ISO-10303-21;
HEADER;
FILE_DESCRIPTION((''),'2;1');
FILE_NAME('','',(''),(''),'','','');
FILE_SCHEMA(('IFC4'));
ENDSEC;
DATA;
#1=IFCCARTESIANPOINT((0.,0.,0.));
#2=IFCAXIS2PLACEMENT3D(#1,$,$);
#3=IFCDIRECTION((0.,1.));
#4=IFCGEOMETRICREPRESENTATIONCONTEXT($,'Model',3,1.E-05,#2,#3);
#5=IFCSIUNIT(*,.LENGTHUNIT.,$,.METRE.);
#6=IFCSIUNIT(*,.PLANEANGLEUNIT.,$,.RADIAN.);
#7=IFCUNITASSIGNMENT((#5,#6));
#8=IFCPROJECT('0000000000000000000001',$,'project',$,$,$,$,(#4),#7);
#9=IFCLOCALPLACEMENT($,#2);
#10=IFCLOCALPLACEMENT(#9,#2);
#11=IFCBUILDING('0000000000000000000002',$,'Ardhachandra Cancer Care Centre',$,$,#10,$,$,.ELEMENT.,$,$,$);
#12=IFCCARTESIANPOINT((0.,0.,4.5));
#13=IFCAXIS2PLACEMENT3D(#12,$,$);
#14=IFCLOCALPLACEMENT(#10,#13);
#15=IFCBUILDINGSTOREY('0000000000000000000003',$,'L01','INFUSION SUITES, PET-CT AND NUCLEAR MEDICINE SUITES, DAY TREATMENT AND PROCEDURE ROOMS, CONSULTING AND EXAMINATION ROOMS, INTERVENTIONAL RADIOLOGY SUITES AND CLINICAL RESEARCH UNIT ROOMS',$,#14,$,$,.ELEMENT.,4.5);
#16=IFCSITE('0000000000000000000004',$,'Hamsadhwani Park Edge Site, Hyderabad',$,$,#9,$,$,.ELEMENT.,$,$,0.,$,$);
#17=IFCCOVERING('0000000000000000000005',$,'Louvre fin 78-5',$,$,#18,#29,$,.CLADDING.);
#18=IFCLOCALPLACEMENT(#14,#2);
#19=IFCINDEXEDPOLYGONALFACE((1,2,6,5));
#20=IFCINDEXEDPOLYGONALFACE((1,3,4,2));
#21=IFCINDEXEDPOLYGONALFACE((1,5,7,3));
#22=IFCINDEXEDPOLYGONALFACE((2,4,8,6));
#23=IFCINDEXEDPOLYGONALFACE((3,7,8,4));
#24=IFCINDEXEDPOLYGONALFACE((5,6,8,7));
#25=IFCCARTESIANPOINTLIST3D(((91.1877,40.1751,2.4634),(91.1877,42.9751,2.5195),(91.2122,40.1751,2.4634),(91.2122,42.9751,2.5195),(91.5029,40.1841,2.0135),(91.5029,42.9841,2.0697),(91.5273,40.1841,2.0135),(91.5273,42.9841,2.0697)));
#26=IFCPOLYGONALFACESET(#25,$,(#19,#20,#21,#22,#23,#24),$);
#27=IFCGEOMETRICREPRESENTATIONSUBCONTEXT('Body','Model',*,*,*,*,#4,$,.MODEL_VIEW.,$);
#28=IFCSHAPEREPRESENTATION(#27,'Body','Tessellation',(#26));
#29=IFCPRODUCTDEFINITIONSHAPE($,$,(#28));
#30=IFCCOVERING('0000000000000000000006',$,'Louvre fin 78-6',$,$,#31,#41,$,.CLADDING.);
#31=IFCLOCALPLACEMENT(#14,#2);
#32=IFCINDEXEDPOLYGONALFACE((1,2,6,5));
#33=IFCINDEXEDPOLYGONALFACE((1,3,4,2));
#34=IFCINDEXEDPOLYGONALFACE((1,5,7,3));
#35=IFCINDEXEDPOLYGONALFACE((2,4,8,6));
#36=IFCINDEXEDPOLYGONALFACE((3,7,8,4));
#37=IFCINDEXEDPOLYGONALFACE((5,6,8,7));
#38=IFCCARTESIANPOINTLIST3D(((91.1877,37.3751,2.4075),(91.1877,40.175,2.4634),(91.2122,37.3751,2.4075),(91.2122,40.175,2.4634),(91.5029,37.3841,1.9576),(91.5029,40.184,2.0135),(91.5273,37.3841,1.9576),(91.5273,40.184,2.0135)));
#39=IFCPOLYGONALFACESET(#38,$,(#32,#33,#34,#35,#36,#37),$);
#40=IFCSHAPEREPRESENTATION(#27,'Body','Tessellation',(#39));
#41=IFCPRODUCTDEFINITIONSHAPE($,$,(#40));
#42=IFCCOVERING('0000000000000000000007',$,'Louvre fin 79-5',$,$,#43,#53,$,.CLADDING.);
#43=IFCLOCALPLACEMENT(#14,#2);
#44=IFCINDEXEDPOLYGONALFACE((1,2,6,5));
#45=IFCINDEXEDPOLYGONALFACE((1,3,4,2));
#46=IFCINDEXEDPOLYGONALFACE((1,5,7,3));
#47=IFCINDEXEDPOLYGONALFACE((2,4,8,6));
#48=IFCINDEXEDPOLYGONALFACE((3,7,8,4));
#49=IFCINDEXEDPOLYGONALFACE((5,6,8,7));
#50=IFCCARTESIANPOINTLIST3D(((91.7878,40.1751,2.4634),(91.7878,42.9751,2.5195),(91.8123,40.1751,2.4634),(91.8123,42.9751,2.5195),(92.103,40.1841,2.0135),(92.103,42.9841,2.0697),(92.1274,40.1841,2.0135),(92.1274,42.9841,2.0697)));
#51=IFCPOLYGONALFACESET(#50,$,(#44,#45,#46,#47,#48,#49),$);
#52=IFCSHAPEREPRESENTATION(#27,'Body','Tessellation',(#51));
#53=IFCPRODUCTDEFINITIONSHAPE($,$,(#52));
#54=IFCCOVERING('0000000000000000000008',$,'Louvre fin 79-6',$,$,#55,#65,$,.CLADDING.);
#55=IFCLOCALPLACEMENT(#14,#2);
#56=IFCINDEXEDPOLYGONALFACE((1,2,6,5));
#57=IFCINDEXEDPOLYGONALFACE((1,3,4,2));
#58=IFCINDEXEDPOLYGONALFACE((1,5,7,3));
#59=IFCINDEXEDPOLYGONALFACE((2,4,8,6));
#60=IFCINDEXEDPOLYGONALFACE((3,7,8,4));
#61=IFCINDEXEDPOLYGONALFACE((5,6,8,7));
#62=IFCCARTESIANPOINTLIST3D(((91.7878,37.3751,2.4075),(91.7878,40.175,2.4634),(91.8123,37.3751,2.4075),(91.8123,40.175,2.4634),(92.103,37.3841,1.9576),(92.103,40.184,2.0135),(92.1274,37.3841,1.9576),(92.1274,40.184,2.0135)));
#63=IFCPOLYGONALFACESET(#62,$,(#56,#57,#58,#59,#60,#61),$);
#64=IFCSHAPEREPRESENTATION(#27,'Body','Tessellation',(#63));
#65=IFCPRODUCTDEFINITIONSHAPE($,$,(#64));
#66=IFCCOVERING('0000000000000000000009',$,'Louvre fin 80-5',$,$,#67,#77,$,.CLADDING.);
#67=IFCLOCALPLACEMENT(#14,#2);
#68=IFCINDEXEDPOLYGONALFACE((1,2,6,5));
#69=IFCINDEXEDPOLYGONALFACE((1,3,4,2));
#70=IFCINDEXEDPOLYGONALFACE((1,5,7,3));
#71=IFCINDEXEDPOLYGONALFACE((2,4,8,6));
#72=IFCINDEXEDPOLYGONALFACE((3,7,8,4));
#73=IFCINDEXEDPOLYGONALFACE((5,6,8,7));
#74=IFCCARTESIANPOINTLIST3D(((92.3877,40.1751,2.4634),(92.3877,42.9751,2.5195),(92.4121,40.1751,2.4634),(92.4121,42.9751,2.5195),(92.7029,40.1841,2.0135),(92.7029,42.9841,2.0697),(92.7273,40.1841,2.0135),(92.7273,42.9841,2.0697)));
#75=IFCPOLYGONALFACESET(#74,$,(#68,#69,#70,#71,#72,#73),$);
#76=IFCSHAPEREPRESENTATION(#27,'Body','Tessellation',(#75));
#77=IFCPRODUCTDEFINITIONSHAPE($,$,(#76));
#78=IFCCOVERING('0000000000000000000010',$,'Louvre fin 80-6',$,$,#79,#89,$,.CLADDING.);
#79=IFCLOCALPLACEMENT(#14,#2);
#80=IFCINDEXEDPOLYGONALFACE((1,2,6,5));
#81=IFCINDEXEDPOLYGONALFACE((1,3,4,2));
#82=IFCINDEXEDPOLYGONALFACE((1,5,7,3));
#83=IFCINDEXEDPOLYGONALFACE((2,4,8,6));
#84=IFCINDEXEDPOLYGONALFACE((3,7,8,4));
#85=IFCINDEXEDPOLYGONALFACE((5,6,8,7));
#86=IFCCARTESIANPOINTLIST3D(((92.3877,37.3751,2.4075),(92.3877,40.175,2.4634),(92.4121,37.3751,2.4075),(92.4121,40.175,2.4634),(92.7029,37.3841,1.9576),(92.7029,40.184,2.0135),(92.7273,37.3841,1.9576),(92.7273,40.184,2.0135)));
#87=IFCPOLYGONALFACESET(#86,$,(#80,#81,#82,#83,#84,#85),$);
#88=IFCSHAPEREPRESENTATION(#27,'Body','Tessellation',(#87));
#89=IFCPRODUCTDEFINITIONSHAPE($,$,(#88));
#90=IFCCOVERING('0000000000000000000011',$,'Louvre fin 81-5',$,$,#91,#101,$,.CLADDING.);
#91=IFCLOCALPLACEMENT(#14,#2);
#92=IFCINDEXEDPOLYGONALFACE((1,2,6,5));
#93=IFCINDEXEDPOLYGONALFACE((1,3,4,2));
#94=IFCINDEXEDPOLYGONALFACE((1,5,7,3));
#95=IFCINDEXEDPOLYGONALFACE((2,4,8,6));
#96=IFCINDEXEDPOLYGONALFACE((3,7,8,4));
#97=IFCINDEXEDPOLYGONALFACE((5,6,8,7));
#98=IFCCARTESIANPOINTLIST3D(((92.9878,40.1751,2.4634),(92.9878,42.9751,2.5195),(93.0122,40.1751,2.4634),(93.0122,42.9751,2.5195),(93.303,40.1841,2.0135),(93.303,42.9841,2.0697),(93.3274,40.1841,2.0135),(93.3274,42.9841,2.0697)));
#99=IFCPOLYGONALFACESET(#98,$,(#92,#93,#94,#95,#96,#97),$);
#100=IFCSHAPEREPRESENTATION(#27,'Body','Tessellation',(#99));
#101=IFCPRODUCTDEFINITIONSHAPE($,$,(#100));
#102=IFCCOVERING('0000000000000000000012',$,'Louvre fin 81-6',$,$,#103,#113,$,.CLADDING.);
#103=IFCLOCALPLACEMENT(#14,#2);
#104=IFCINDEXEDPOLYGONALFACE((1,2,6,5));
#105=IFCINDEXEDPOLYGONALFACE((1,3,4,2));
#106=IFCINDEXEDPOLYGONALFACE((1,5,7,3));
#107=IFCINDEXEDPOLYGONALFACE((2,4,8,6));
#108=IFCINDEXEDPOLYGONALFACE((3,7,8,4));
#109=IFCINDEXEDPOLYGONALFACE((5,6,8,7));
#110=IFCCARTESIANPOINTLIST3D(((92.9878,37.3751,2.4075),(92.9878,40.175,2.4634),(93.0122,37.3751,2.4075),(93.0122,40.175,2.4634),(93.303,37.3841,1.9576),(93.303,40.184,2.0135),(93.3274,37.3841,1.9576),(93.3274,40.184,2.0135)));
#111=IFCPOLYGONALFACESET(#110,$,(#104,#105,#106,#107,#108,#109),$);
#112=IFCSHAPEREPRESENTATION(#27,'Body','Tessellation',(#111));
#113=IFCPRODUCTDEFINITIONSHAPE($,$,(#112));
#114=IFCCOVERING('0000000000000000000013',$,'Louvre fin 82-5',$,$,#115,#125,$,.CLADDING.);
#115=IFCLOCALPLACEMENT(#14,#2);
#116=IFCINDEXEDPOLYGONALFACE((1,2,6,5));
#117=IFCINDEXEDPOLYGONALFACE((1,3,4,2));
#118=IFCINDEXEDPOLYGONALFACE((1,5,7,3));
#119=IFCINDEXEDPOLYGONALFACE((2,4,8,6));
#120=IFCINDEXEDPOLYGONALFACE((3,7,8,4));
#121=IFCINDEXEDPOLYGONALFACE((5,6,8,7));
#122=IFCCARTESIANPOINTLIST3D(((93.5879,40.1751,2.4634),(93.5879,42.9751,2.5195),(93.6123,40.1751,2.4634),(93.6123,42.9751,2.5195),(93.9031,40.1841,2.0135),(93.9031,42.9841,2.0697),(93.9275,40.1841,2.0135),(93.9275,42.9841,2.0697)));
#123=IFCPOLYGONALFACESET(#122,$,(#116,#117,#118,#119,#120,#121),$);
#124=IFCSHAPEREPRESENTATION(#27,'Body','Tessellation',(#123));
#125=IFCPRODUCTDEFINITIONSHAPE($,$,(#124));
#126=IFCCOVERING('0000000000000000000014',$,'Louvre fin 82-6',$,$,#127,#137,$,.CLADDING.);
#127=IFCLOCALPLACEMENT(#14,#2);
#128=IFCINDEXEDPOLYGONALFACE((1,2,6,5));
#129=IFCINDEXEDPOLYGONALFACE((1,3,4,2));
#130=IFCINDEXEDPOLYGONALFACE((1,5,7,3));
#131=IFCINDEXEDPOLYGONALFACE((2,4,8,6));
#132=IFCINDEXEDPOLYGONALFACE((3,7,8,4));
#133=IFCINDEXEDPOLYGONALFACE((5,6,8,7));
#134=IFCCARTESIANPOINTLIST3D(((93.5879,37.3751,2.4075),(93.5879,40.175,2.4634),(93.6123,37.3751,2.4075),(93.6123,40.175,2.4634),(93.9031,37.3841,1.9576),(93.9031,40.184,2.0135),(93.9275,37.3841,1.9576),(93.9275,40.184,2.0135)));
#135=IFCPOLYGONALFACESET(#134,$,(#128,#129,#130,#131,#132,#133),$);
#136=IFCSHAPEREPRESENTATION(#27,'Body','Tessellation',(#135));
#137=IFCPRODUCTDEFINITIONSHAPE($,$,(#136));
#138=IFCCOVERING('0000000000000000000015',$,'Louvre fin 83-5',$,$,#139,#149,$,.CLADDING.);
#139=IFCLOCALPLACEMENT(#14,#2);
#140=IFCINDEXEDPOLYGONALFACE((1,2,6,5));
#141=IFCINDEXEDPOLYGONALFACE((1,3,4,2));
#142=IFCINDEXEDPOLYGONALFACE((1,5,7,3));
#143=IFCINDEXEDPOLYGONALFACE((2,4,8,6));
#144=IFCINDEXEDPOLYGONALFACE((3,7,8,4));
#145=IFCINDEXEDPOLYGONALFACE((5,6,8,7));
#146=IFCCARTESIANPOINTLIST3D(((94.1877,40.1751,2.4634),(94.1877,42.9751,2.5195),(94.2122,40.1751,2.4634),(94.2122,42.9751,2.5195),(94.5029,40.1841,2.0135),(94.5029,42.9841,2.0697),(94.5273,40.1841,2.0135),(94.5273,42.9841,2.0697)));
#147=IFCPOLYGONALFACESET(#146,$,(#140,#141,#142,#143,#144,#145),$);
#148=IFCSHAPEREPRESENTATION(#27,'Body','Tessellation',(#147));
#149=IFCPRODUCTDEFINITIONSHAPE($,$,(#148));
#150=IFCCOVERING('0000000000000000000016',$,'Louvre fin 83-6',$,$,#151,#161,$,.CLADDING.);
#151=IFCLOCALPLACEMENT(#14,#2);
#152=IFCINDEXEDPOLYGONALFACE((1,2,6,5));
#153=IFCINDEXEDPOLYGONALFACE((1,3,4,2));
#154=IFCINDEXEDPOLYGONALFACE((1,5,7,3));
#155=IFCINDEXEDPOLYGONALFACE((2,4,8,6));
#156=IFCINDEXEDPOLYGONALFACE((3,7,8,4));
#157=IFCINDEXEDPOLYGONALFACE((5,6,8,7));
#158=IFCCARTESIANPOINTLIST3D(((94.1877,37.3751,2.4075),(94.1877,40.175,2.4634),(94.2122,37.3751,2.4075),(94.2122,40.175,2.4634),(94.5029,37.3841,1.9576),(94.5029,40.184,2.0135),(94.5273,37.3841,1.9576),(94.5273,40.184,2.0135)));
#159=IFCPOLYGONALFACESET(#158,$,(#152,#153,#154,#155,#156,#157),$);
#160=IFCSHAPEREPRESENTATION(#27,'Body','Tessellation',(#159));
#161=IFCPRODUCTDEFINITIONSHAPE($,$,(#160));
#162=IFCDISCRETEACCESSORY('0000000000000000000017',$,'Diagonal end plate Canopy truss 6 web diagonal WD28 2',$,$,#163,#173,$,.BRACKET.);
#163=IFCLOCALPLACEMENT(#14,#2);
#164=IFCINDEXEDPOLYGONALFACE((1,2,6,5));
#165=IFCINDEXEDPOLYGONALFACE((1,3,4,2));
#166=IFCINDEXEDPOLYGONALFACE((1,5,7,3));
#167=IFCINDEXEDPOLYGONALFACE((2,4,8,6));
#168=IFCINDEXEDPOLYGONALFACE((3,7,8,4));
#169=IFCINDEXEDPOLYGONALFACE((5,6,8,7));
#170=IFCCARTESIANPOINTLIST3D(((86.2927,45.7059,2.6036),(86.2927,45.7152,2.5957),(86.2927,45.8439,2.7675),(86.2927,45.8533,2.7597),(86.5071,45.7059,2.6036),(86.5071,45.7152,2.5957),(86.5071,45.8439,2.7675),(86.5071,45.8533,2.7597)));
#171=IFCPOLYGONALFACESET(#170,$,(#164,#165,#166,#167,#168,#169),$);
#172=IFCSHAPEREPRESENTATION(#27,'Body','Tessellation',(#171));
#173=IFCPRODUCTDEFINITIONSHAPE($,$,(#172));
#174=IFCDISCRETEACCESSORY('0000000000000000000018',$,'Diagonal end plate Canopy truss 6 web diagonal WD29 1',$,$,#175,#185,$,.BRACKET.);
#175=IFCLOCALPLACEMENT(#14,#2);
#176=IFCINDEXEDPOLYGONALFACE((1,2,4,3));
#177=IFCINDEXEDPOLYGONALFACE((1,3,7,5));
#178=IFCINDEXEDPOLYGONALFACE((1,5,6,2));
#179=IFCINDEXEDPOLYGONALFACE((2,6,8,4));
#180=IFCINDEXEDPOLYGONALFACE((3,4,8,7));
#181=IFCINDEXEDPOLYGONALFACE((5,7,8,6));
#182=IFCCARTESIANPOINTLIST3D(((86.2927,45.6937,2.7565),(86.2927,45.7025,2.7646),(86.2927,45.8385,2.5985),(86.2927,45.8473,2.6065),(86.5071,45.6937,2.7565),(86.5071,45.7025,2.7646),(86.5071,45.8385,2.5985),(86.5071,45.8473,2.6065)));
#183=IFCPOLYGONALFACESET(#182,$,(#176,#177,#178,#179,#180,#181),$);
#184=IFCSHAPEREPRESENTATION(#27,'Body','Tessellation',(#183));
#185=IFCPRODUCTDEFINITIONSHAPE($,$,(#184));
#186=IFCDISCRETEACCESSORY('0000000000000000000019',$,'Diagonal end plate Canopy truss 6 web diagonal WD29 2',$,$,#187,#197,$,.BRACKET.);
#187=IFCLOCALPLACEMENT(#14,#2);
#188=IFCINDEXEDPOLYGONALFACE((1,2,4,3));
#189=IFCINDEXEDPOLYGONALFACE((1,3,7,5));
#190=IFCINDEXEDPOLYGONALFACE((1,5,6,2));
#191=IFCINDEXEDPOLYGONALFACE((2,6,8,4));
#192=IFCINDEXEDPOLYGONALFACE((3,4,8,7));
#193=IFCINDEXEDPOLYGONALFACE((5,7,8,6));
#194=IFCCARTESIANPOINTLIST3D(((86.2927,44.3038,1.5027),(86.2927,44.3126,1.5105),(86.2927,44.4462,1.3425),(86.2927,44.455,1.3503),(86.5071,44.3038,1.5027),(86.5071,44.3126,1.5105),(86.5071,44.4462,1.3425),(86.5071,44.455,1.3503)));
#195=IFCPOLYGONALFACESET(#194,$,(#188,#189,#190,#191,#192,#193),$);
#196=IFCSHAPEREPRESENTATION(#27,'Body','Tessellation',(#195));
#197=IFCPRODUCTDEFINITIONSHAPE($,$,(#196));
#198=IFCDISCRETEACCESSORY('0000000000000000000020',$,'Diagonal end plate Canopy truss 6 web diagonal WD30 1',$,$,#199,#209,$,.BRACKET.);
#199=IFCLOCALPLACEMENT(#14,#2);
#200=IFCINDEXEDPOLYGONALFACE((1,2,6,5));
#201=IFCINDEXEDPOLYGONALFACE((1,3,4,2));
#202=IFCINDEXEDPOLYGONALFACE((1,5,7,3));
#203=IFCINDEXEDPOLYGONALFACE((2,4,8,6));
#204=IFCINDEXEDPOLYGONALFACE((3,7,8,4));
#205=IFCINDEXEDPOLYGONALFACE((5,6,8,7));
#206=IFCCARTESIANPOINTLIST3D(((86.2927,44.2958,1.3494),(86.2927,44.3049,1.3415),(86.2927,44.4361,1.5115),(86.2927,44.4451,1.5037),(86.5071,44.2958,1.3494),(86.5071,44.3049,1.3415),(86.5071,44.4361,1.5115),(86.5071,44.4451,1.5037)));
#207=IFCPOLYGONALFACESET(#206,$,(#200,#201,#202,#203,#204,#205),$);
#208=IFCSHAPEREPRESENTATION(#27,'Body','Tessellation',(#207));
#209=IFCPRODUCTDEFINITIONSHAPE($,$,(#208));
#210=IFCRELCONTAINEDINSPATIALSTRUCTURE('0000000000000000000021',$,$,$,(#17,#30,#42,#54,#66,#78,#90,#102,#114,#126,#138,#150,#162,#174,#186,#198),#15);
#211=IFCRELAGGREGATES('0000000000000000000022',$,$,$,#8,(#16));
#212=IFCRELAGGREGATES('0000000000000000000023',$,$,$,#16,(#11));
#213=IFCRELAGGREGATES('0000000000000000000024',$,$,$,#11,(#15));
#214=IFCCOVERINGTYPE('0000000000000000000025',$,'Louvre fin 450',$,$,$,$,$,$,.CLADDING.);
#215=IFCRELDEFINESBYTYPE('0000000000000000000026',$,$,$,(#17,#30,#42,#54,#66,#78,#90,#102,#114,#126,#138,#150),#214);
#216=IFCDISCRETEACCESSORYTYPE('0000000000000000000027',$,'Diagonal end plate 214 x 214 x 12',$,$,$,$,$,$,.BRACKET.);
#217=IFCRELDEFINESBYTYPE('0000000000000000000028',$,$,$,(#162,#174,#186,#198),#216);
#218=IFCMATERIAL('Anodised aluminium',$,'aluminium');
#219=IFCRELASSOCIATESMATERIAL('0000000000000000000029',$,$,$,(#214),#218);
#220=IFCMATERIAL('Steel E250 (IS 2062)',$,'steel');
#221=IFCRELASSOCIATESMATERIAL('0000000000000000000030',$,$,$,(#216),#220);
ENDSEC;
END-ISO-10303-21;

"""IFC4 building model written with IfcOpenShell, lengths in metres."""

from ifc_helpers import new_model, si_unit, direction, frame, origin, origin_2d, place, context, subcontext, project, spatial, polyline, rectangle, outline, extrude, material, material_profile, profile_set, type_object, element, save


model = new_model("IFC4")

# Units and contexts
model_context = context("Model", 3, precision=1e-05, world=origin(), true_north=direction((0.0, 1.0)))
body_context = subcontext(model_context, "Body", "Model", "MODEL_VIEW")
ifc_project = project(units=[si_unit("LENGTHUNIT", "METRE"), si_unit("PLANEANGLEUNIT", "RADIAN")], contexts=[model_context])

# Site, building, storey
site_placement = place(None, origin())
site = spatial("IfcSite", under=ifc_project, at=site_placement, Name="Hamsadhwani Park Edge Site, Hyderabad", CompositionType="ELEMENT", RefElevation=0.0)
building_placement = place(site_placement, origin())
building = spatial("IfcBuilding", under=site, at=building_placement, Name="Ardhachandra Cancer Care Centre", CompositionType="ELEMENT")
storey_placement = place(building_placement, frame((0.0, 0.0, 4.5)))
storey = spatial("IfcBuildingStorey", under=building, at=storey_placement, Name="L01", Description="INFUSION SUITES, PET-CT AND NUCLEAR MEDICINE SUITES, DAY TREATMENT AND PROCEDURE ROOMS, CONSULTING AND EXAMINATION ROOMS, INTERVENTIONAL RADIOLOGY SUITES AND CLINICAL RESEARCH UNIT ROOMS", CompositionType="ELEMENT", Elevation=4.5)

# Coverings
ifc_material_1 = material(Name="Anodised aluminium", Category="aluminium")
ifc_material_profile_1 = material_profile(ifc_material_1, outline(polyline([(-0.0122, 0.0), (0.0122, 0.0), (0.3274, -0.45), (0.303, -0.45), (-0.0122, 0.0)])), Name="Louvre fin 450")
ifc_profile_set_1 = profile_set([ifc_material_profile_1], Name="Anodised aluminium")
covering_type = type_object("IfcCoveringType", Name="Louvre fin 450", PredefinedType="CLADDING", material=ifc_profile_set_1)
for number, where, z_axis, x_axis, name in (
    (1, (91.2, 42.9751, 2.5195), (0.0, -0.999799, -0.02005), (1.0, 0.0, 0.0), "Louvre fin 78-5"),
    (2, (91.2, 40.175, 2.4634), (0.0, -0.999801, -0.019963), (1.0, 0.0, 0.0), "Louvre fin 78-6"),
    (3, (91.8, 42.9751, 2.5195), (0.0, -0.999799, -0.02005), (1.0, 0.0, 0.0), "Louvre fin 79-5"),
    (4, (91.8, 40.175, 2.4634), (0.0, -0.999801, -0.019963), (1.0, 0.0, 0.0), "Louvre fin 79-6"),
    (5, (92.3999, 42.9751, 2.5195), (0.0, -0.999799, -0.02005), (1.0, 0.0, 0.0), "Louvre fin 80-5"),
    (6, (92.3999, 40.175, 2.4634), (0.0, -0.999801, -0.019963), (1.0, 0.0, 0.0), "Louvre fin 80-6"),
    (7, (93.0, 42.9751, 2.5195), (0.0, -0.999799, -0.02005), (1.0, 0.0, 0.0), "Louvre fin 81-5"),
    (8, (93.0, 40.175, 2.4634), (0.0, -0.999801, -0.019963), (1.0, 0.0, 0.0), "Louvre fin 81-6"),
    (9, (93.6001, 42.9751, 2.5195), (0.0, -0.999799, -0.02005), (1.0, 0.0, 0.0), "Louvre fin 82-5"),
    (10, (93.6001, 40.175, 2.4634), (0.0, -0.999801, -0.019963), (1.0, 0.0, 0.0), "Louvre fin 82-6"),
    (11, (94.2, 42.9751, 2.5195), (0.0, -0.999799, -0.02005), (1.0, 0.0, 0.0), "Louvre fin 83-5"),
    (12, (94.2, 40.175, 2.4634), (0.0, -0.999801, -0.019963), (1.0, 0.0, 0.0), "Louvre fin 83-6"),
):
    element("IfcCovering", number, at=place(storey_placement, frame(where, z_axis=z_axis, x_axis=x_axis)), inside=storey, type_object=covering_type, Name=name, PredefinedType="CLADDING", context=body_context, shape_type="SweptSolid", body=[
        extrude(outline(polyline([(-0.0122, 0.0), (0.0122, 0.0), (0.3274, -0.45), (0.303, -0.45), (-0.0122, 0.0)])), origin(), (0.0, 0.0, 1.0), 2.8005),
    ])

# Discrete accessories
ifc_material_2 = material(Name="Steel E250 (IS 2062)", Category="steel")
ifc_material_profile_2 = material_profile(ifc_material_2, rectangle(XDim=0.2144, YDim=0.2144, at=origin_2d()), Name="PL 214x214x12")
ifc_profile_set_2 = profile_set([ifc_material_profile_2], Name="Steel E250 (IS 2062)")
discrete_accessory_type = type_object("IfcDiscreteAccessoryType", Name="Diagonal end plate 214 x 214 x 12", PredefinedType="BRACKET", material=ifc_profile_set_2)
discrete_accessory_1_placement = place(storey_placement, frame((86.3999, 45.7749, 2.6855), z_axis=(0.0, 0.764911, -0.644136), x_axis=(-1.0, 0.0, 0.0)))
element("IfcDiscreteAccessory", 13, at=discrete_accessory_1_placement, inside=storey, type_object=discrete_accessory_type, Name="Diagonal end plate Canopy truss 6 web diagonal WD28 2", PredefinedType="BRACKET", context=body_context, shape_type="SweptSolid", body=[
    extrude(rectangle(XDim=0.2144, YDim=0.2144, at=origin_2d()), origin(), (0.0, 0.0, 1.0), 0.0122),
])
discrete_accessory_2_placement = place(storey_placement, frame((86.3999, 45.7749, 2.6855), z_axis=(0.0, -0.737154, -0.675725), x_axis=(1.0, 0.0, 0.0)))
element("IfcDiscreteAccessory", 14, at=discrete_accessory_2_placement, inside=storey, type_object=discrete_accessory_type, Name="Diagonal end plate Canopy truss 6 web diagonal WD29 1", PredefinedType="BRACKET", context=body_context, shape_type="SweptSolid", body=[
    extrude(rectangle(XDim=0.2144, YDim=0.2144, at=origin_2d()), origin(), (0.0, 0.0, 1.0), 0.012),
])
discrete_accessory_3_placement = place(storey_placement, frame((86.3999, 44.375, 1.4226), z_axis=(0.0, 0.747409, 0.664364), x_axis=(-1.0, 0.0, 0.0)))
element("IfcDiscreteAccessory", 15, at=discrete_accessory_3_placement, inside=storey, type_object=discrete_accessory_type, Name="Diagonal end plate Canopy truss 6 web diagonal WD29 2", PredefinedType="BRACKET", context=body_context, shape_type="SweptSolid", body=[
    extrude(rectangle(XDim=0.2144, YDim=0.2144, at=origin_2d()), origin(), (0.0, 0.0, 1.0), 0.0117),
])
discrete_accessory_4_placement = place(storey_placement, frame((86.3999, 44.375, 1.4226), z_axis=(0.0, -0.756363, 0.654152), x_axis=(1.0, 0.0, 0.0)))
element("IfcDiscreteAccessory", 16, at=discrete_accessory_4_placement, inside=storey, type_object=discrete_accessory_type, Name="Diagonal end plate Canopy truss 6 web diagonal WD30 1", PredefinedType="BRACKET", context=body_context, shape_type="SweptSolid", body=[
    extrude(rectangle(XDim=0.2144, YDim=0.2144, at=origin_2d()), origin(), (0.0, 0.0, 1.0), 0.012),
])

save(model, "model.ifc")
